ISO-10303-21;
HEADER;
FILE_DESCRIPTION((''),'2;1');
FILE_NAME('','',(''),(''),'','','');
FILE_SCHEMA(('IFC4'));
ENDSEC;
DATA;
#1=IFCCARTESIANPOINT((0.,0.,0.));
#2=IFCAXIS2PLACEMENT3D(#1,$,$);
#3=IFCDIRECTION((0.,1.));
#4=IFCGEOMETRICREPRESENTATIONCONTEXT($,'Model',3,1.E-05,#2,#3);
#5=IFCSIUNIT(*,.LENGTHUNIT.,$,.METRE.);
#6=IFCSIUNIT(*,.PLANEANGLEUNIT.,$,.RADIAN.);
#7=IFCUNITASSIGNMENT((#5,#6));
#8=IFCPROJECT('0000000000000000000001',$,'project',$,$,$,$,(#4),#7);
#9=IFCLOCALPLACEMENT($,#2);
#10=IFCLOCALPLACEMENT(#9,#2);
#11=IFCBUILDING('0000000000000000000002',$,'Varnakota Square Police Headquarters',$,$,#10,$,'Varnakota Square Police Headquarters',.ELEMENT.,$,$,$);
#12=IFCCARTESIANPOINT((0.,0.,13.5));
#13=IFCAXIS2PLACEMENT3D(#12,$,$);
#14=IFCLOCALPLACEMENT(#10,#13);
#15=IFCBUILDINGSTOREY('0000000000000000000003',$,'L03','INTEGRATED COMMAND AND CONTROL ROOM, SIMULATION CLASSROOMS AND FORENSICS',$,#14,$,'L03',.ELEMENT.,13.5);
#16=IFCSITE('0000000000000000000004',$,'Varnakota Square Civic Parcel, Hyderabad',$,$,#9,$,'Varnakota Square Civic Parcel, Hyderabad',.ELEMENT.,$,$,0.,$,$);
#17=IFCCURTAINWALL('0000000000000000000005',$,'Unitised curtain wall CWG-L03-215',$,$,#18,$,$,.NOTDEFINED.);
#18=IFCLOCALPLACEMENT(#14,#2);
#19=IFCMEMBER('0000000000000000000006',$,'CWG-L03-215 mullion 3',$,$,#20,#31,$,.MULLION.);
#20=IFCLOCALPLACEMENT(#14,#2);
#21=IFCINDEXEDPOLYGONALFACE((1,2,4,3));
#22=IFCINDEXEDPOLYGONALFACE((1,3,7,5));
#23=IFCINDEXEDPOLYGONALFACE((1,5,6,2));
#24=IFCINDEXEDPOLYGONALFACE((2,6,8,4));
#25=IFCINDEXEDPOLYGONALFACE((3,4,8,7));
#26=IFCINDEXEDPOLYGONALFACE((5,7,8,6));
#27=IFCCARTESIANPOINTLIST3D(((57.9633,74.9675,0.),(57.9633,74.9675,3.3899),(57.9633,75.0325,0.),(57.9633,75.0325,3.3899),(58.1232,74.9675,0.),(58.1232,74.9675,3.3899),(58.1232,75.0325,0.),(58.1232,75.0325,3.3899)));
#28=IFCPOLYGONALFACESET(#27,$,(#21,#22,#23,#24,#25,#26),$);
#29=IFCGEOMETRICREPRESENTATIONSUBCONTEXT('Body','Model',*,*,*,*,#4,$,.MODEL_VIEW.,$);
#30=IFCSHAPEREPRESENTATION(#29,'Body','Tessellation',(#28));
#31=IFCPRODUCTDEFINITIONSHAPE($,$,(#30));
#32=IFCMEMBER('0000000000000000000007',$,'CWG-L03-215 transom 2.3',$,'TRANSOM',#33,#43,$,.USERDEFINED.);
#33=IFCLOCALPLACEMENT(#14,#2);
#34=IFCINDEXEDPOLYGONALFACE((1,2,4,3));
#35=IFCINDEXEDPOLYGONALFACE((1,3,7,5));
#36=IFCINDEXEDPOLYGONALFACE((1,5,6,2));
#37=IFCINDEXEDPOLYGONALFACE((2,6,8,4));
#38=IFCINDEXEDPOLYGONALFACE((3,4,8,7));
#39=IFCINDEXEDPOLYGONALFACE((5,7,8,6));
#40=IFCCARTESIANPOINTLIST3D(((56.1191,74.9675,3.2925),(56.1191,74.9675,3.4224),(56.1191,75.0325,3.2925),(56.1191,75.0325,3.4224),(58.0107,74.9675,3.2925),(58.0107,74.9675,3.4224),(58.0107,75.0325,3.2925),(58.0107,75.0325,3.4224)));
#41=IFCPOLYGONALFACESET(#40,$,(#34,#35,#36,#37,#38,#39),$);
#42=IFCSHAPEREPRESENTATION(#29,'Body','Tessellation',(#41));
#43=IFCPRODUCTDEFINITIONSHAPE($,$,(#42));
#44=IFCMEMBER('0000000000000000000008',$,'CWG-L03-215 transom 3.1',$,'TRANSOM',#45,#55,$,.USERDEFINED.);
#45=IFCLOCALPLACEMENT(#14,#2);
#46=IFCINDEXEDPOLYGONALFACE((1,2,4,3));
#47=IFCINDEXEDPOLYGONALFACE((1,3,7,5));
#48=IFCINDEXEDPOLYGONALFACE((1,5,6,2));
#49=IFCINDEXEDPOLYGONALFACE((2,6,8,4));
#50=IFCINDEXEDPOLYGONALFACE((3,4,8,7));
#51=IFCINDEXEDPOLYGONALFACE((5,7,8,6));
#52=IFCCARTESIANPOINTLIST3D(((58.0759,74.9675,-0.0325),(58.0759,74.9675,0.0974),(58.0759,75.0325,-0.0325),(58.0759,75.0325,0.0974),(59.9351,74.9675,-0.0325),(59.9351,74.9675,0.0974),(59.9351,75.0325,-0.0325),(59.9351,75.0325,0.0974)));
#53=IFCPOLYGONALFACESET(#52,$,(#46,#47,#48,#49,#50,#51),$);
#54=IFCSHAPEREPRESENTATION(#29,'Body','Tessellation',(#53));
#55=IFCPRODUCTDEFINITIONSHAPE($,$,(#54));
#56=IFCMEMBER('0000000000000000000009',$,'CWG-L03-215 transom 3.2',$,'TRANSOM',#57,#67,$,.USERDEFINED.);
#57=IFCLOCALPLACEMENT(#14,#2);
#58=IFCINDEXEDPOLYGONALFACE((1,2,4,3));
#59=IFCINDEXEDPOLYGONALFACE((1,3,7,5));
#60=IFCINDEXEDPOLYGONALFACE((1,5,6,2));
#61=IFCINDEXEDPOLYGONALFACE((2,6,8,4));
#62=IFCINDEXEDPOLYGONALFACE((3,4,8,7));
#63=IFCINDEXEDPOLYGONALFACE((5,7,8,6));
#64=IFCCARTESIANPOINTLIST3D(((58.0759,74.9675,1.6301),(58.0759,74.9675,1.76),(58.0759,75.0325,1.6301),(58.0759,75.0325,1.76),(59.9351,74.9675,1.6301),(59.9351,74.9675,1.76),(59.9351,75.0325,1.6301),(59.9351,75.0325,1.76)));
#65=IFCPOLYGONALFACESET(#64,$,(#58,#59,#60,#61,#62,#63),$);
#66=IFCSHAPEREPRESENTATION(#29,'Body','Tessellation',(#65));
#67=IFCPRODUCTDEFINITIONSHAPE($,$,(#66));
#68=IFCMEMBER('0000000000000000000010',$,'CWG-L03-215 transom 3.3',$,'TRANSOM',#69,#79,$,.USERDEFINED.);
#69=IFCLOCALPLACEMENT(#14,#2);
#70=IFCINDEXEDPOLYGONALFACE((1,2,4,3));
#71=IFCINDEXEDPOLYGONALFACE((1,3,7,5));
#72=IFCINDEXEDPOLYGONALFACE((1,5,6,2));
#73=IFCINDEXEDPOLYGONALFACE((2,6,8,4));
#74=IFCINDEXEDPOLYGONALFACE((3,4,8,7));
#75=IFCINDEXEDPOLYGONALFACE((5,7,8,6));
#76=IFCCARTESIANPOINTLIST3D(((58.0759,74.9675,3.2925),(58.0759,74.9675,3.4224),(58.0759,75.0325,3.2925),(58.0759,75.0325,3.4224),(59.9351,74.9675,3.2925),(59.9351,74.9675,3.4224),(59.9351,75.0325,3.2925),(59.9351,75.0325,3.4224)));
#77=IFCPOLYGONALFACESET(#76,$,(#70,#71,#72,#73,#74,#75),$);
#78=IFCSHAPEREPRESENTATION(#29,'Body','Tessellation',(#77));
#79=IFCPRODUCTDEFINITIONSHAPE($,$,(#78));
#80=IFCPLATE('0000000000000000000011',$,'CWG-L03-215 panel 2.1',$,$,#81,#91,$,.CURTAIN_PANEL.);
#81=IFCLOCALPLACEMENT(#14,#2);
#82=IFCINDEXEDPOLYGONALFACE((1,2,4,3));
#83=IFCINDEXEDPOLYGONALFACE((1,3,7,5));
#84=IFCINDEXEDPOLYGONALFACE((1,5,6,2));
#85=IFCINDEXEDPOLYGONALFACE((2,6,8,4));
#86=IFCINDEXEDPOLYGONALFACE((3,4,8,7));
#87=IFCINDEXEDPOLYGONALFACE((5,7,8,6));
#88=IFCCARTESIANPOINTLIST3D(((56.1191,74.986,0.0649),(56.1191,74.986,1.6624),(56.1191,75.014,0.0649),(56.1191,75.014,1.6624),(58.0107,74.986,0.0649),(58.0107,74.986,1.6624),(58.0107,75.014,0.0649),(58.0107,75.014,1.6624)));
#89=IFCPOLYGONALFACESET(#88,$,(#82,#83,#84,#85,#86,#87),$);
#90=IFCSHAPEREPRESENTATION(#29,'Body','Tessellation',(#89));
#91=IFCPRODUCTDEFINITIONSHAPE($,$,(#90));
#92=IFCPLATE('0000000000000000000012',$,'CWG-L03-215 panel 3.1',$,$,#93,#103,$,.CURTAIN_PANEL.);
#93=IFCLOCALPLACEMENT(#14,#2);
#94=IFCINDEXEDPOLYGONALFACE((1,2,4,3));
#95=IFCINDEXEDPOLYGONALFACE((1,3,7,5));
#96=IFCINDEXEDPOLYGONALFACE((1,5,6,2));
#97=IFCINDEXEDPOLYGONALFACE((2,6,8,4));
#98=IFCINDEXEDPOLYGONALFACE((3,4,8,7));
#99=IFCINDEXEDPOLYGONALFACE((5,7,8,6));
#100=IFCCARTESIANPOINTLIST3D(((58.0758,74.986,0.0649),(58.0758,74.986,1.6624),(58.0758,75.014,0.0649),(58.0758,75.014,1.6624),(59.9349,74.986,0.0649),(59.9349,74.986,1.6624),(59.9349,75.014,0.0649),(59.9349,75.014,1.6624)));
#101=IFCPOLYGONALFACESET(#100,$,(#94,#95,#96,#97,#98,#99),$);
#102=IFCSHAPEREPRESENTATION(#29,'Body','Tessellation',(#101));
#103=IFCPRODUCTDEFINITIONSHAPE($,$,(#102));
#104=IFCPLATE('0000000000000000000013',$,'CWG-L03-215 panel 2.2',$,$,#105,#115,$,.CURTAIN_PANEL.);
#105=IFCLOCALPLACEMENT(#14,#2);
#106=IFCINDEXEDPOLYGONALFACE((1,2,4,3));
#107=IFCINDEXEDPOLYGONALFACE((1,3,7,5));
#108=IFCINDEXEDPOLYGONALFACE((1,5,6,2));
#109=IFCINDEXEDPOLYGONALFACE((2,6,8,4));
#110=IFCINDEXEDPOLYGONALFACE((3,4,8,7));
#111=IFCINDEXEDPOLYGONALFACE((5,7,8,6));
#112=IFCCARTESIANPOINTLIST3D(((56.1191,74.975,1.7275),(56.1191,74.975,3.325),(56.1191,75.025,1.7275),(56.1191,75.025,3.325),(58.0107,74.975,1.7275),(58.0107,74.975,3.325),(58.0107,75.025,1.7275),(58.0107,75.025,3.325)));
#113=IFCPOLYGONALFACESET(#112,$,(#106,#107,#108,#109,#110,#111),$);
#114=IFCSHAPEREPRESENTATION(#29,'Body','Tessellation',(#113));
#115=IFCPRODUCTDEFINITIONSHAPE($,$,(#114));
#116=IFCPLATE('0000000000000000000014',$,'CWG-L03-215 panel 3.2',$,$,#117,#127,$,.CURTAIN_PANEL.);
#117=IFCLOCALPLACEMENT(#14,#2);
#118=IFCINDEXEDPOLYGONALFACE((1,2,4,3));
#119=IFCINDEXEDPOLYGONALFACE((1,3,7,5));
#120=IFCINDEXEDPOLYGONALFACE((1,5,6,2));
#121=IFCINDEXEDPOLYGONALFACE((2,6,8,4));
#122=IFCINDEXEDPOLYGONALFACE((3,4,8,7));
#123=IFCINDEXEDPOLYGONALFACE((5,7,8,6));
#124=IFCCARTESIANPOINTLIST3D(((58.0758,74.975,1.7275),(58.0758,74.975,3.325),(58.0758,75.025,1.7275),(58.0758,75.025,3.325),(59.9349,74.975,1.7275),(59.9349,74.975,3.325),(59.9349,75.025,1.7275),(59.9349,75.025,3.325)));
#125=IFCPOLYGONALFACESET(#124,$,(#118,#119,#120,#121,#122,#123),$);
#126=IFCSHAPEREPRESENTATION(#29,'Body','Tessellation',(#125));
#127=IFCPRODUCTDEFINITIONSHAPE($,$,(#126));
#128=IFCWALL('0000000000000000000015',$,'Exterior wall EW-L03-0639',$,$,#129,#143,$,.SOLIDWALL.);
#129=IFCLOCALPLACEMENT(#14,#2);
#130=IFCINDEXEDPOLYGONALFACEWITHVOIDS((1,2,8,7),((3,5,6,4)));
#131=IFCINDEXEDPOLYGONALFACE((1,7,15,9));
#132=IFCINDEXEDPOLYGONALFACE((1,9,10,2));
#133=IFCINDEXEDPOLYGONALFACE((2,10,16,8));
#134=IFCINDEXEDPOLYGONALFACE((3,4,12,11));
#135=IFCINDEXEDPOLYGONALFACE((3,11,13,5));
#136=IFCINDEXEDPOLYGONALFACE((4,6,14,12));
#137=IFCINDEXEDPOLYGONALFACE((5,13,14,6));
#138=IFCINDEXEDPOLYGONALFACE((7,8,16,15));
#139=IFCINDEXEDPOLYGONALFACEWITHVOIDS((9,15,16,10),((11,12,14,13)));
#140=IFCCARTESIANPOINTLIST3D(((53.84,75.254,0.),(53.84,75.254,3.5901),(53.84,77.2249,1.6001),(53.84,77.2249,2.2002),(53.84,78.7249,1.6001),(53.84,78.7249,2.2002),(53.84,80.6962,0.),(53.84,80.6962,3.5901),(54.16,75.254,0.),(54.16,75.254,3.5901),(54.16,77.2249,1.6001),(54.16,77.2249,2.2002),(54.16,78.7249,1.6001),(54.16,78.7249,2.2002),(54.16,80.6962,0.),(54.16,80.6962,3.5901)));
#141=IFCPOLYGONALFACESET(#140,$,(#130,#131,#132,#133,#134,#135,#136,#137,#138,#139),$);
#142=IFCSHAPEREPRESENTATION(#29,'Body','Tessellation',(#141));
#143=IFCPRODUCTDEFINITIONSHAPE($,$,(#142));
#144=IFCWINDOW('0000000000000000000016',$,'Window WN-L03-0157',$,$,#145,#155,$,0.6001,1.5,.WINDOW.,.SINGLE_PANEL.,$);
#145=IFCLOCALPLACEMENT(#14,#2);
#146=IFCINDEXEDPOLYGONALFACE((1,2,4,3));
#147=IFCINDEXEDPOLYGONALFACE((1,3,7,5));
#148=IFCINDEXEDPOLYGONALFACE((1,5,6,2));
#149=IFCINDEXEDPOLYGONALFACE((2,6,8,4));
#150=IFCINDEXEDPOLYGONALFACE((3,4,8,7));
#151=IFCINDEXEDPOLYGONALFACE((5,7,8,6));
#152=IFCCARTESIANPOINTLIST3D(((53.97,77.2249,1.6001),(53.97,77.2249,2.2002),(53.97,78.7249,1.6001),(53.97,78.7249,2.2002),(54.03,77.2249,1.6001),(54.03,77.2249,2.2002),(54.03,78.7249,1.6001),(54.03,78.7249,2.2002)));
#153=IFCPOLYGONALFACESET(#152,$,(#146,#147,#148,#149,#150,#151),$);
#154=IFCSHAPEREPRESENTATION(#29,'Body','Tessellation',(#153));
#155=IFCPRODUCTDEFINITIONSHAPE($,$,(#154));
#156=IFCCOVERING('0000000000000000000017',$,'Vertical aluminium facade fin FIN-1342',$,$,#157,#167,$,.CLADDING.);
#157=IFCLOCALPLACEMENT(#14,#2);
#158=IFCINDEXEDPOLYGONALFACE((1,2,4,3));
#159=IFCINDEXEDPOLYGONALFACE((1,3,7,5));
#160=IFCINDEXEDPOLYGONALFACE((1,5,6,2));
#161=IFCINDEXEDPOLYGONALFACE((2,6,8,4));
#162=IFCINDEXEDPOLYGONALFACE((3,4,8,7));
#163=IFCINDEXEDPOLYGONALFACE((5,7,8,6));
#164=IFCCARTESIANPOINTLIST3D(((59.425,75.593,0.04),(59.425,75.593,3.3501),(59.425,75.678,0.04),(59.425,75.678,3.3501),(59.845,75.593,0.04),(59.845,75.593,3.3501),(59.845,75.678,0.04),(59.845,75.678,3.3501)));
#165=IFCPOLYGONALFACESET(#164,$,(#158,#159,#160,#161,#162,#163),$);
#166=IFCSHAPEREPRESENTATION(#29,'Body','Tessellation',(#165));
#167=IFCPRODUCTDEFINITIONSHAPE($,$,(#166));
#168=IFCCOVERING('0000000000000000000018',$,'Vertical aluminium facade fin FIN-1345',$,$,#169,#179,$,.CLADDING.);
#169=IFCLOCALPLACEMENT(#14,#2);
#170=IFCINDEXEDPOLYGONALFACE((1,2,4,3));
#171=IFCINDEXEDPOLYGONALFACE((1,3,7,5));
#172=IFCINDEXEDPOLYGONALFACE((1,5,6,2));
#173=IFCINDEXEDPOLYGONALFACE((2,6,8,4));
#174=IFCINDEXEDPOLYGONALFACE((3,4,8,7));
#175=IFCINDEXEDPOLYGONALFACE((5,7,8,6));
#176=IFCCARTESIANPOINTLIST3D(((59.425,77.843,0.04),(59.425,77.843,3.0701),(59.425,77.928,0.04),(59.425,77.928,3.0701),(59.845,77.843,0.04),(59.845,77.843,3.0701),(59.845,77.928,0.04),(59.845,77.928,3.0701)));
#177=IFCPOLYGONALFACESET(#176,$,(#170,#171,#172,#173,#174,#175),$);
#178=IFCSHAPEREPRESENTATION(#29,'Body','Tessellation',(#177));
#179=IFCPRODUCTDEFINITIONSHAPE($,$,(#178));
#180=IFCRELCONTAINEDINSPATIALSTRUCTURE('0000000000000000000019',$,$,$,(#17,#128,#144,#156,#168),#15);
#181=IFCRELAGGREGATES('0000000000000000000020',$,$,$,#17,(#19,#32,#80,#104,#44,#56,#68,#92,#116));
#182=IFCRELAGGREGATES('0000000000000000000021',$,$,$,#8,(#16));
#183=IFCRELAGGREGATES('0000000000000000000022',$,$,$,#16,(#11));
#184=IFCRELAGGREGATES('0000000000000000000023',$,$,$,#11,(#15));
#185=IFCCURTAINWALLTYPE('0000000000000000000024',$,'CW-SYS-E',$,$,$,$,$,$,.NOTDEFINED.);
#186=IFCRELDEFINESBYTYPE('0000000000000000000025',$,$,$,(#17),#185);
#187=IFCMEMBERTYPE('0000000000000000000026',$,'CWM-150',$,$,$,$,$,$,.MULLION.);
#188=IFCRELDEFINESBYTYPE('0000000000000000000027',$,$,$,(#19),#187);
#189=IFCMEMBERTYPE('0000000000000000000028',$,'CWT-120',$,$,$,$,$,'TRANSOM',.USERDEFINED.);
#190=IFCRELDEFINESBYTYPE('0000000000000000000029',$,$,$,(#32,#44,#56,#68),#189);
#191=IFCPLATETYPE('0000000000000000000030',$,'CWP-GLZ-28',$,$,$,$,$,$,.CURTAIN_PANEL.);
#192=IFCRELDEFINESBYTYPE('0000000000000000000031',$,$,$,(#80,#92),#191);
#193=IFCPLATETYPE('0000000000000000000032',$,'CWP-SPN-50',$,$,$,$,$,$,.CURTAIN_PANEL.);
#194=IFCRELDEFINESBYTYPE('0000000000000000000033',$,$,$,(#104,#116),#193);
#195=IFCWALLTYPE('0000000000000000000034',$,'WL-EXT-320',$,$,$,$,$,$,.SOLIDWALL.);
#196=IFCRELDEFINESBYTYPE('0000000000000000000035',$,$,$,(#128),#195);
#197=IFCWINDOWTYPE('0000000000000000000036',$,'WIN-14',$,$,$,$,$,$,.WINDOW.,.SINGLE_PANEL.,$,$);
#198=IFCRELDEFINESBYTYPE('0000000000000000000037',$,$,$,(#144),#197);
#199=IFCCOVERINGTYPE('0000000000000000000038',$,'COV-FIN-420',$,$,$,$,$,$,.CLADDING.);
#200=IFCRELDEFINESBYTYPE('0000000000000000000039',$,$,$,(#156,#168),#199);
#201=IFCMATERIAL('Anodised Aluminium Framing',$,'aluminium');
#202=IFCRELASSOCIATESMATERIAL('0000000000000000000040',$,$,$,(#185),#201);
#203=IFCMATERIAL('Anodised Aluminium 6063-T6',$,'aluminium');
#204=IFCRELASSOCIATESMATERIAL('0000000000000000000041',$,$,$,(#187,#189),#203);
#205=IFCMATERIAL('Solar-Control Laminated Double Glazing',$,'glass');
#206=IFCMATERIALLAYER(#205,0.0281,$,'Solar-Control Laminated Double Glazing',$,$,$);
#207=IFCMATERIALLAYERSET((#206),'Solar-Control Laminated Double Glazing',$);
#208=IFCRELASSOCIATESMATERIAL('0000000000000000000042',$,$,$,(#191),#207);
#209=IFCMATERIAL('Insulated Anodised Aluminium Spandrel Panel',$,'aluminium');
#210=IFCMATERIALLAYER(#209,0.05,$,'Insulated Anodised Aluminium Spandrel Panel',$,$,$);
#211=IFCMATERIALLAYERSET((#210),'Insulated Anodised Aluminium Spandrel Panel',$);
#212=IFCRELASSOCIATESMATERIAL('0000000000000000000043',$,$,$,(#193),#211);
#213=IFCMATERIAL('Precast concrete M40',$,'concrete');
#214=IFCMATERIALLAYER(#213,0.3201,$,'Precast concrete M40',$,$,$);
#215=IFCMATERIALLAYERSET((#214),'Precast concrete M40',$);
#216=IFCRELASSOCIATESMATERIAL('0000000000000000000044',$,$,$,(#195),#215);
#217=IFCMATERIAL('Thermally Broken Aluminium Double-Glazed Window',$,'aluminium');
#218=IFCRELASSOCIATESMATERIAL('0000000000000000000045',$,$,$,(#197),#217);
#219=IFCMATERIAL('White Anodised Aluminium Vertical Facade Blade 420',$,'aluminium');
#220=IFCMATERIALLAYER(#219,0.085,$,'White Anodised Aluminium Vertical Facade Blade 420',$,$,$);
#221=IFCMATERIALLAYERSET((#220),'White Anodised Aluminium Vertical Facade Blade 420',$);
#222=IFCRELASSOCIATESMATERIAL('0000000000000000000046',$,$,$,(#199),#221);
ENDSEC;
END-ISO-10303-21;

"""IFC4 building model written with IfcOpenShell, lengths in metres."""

from ifc_helpers import new_model, si_unit, direction, frame, frame_2d, origin, origin_2d, place, context, subcontext, project, spatial, rectangle, extrude, material, layer, layer_set, material_profile, profile_set, type_object, element, fill, aggregate, save


model = new_model("IFC4")

# Units and contexts
model_context = context("Model", 3, precision=1e-05, world=origin(), true_north=direction((0.0, 1.0)))
body_context = subcontext(model_context, "Body", "Model", "MODEL_VIEW")
ifc_project = project(units=[si_unit("LENGTHUNIT", "METRE"), si_unit("PLANEANGLEUNIT", "RADIAN")], contexts=[model_context])

# Site, building, storey
site_placement = place(None, origin())
site = spatial("IfcSite", under=ifc_project, at=site_placement, Name="Varnakota Square Civic Parcel, Hyderabad", LongName="Varnakota Square Civic Parcel, Hyderabad", CompositionType="ELEMENT", RefElevation=0.0)
building_placement = place(site_placement, origin())
building = spatial("IfcBuilding", under=site, at=building_placement, Name="Varnakota Square Police Headquarters", LongName="Varnakota Square Police Headquarters", CompositionType="ELEMENT")
storey_placement = place(building_placement, frame((0.0, 0.0, 13.5)))
storey = spatial("IfcBuildingStorey", under=building, at=storey_placement, Name="L03", Description="INTEGRATED COMMAND AND CONTROL ROOM, SIMULATION CLASSROOMS AND FORENSICS", LongName="L03", CompositionType="ELEMENT", Elevation=13.5)

# Curtain wall, members, plates
ifc_material_1 = material(Name="Anodised Aluminium Framing", Category="aluminium")
curtain_wall_type = type_object("IfcCurtainWallType", Name="CW-SYS-E", PredefinedType="NOTDEFINED", material=ifc_material_1)
curtain_wall_placement = place(storey_placement, origin())
curtain_wall = element("IfcCurtainWall", 1, at=curtain_wall_placement, inside=storey, type_object=curtain_wall_type, Name="Unitised curtain wall CWG-L03-215", PredefinedType="NOTDEFINED")
ifc_material_2 = material(Name="Anodised Aluminium 6063-T6", Category="aluminium")
ifc_material_profile_1 = material_profile(ifc_material_2, rectangle(XDim=0.0649, YDim=0.1599, at=origin_2d()), Name="ALU MULLION 65x160")
ifc_profile_set_1 = profile_set([ifc_material_profile_1], Name="Anodised Aluminium 6063-T6")
member_type_1 = type_object("IfcMemberType", Name="CWM-150", PredefinedType="MULLION", material=ifc_profile_set_1)
member_1_placement = place(storey_placement, frame((58.0432, 75.0, 0.0), z_axis=(0.0, 0.0, 1.0), x_axis=(0.0, 1.0, 0.0)))
member_1 = element("IfcMember", 2, at=member_1_placement, type_object=member_type_1, Name="CWG-L03-215 mullion 3", PredefinedType="MULLION", context=body_context, shape_type="SweptSolid", body=[
    extrude(rectangle(XDim=0.0649, YDim=0.1599, at=origin_2d()), origin(), (0.0, 0.0, 1.0), 3.3899),
])
ifc_material_profile_2 = material_profile(ifc_material_2, rectangle(XDim=0.0649, YDim=0.1299, at=origin_2d()), Name="ALU TRANSOM 65x130")
ifc_profile_set_2 = profile_set([ifc_material_profile_2], Name="Anodised Aluminium 6063-T6")
member_type_2 = type_object("IfcMemberType", Name="CWT-120", ElementType="TRANSOM", PredefinedType="USERDEFINED", material=ifc_profile_set_2)
member_2_placement = place(storey_placement, frame((56.1191, 75.0, 3.3574), z_axis=(1.0, 0.0, 0.0), x_axis=(0.0, 1.0, 0.0)))
member_2 = element("IfcMember", 3, at=member_2_placement, type_object=member_type_2, Name="CWG-L03-215 transom 2.3", ObjectType="TRANSOM", PredefinedType="USERDEFINED", context=body_context, shape_type="SweptSolid", body=[
    extrude(rectangle(XDim=0.0649, YDim=0.1299, at=origin_2d()), origin(), (0.0, 0.0, 1.0), 1.8916),
])
member_3_placement = place(storey_placement, frame((58.0759, 75.0, 0.0325), z_axis=(1.0, 0.0, 0.0), x_axis=(0.0, 1.0, 0.0)))
member_3 = element("IfcMember", 4, at=member_3_placement, type_object=member_type_2, Name="CWG-L03-215 transom 3.1", ObjectType="TRANSOM", PredefinedType="USERDEFINED", context=body_context, shape_type="SweptSolid", body=[
    extrude(rectangle(XDim=0.0649, YDim=0.1299, at=origin_2d()), origin(), (0.0, 0.0, 1.0), 1.8591),
])
member_4_placement = place(storey_placement, frame((58.0759, 75.0, 1.6951), z_axis=(1.0, 0.0, 0.0), x_axis=(0.0, 1.0, 0.0)))
member_4 = element("IfcMember", 5, at=member_4_placement, type_object=member_type_2, Name="CWG-L03-215 transom 3.2", ObjectType="TRANSOM", PredefinedType="USERDEFINED", context=body_context, shape_type="SweptSolid", body=[
    extrude(rectangle(XDim=0.0649, YDim=0.1299, at=origin_2d()), origin(), (0.0, 0.0, 1.0), 1.8591),
])
member_5_placement = place(storey_placement, frame((58.0759, 75.0, 3.3574), z_axis=(1.0, 0.0, 0.0), x_axis=(0.0, 1.0, 0.0)))
member_5 = element("IfcMember", 6, at=member_5_placement, type_object=member_type_2, Name="CWG-L03-215 transom 3.3", ObjectType="TRANSOM", PredefinedType="USERDEFINED", context=body_context, shape_type="SweptSolid", body=[
    extrude(rectangle(XDim=0.0649, YDim=0.1299, at=origin_2d()), origin(), (0.0, 0.0, 1.0), 1.8591),
])
ifc_material_3 = material(Name="Solar-Control Laminated Double Glazing", Category="glass")
ifc_layer_1 = layer(ifc_material_3, 0.0281, Name="Solar-Control Laminated Double Glazing")
ifc_layer_set_1 = layer_set([ifc_layer_1], Name="Solar-Control Laminated Double Glazing")
plate_type_1 = type_object("IfcPlateType", Name="CWP-GLZ-28", PredefinedType="CURTAIN_PANEL", material=ifc_layer_set_1)
plate_1_placement = place(storey_placement, frame((57.0649, 75.0, 0.0649), z_axis=(0.0, 0.0, 1.0), x_axis=(1.0, 0.0, 0.0)))
plate_1 = element("IfcPlate", 7, at=plate_1_placement, type_object=plate_type_1, Name="CWG-L03-215 panel 2.1", PredefinedType="CURTAIN_PANEL", context=body_context, shape_type="SweptSolid", body=[
    extrude(rectangle(XDim=1.8916, YDim=0.0281, at=origin_2d()), origin(), (0.0, 0.0, 1.0), 1.5974),
])
plate_2_placement = place(storey_placement, frame((59.0054, 75.0, 0.0649), z_axis=(0.0, 0.0, 1.0), x_axis=(1.0, 0.0, 0.0)))
plate_2 = element("IfcPlate", 8, at=plate_2_placement, type_object=plate_type_1, Name="CWG-L03-215 panel 3.1", PredefinedType="CURTAIN_PANEL", context=body_context, shape_type="SweptSolid", body=[
    extrude(rectangle(XDim=1.8591, YDim=0.0281, at=origin_2d()), origin(), (0.0, 0.0, 1.0), 1.5974),
])
ifc_material_4 = material(Name="Insulated Anodised Aluminium Spandrel Panel", Category="aluminium")
ifc_layer_2 = layer(ifc_material_4, 0.05, Name="Insulated Anodised Aluminium Spandrel Panel")
ifc_layer_set_2 = layer_set([ifc_layer_2], Name="Insulated Anodised Aluminium Spandrel Panel")
plate_type_2 = type_object("IfcPlateType", Name="CWP-SPN-50", PredefinedType="CURTAIN_PANEL", material=ifc_layer_set_2)
plate_3_placement = place(storey_placement, frame((57.0649, 75.0, 1.7275), z_axis=(0.0, 0.0, 1.0), x_axis=(1.0, 0.0, 0.0)))
plate_3 = element("IfcPlate", 9, at=plate_3_placement, type_object=plate_type_2, Name="CWG-L03-215 panel 2.2", PredefinedType="CURTAIN_PANEL", context=body_context, shape_type="SweptSolid", body=[
    extrude(rectangle(XDim=1.8916, YDim=0.05, at=origin_2d()), origin(), (0.0, 0.0, 1.0), 1.5974),
])
plate_4_placement = place(storey_placement, frame((59.0054, 75.0, 1.7275), z_axis=(0.0, 0.0, 1.0), x_axis=(1.0, 0.0, 0.0)))
plate_4 = element("IfcPlate", 10, at=plate_4_placement, type_object=plate_type_2, Name="CWG-L03-215 panel 3.2", PredefinedType="CURTAIN_PANEL", context=body_context, shape_type="SweptSolid", body=[
    extrude(rectangle(XDim=1.8591, YDim=0.05, at=origin_2d()), origin(), (0.0, 0.0, 1.0), 1.5974),
])
aggregate(curtain_wall, [member_1, member_2, plate_1, plate_3, member_3, member_4, member_5, plate_2, plate_4])

# Wall, opening, window
ifc_material_5 = material(Name="Precast concrete M40", Category="concrete")
ifc_layer_3 = layer(ifc_material_5, 0.3201, Name="Precast concrete M40")
ifc_layer_set_3 = layer_set([ifc_layer_3], Name="Precast concrete M40")
wall_type = type_object("IfcWallType", Name="WL-EXT-320", PredefinedType="SOLIDWALL", material=ifc_layer_set_3)
wall_placement = place(storey_placement, frame((54.0, 75.2539, 0.0), z_axis=(0.0, 0.0, 1.0), x_axis=(0.0, 1.0, 0.0)))
wall = element("IfcWall", 11, at=wall_placement, inside=storey, type_object=wall_type, Name="Exterior wall EW-L03-0639", PredefinedType="SOLIDWALL", context=body_context, shape_type="SweptSolid", body=[
    extrude(rectangle(XDim=5.4421, YDim=0.3201, at=frame_2d((2.7212, 0.0))), origin(), (0.0, 0.0, 1.0), 3.5901),
])
opening_placement = place(wall_placement, frame((1.9709, 0.0, 1.6001)))
opening = element("IfcOpeningElement", 12, at=opening_placement, cuts=wall, PredefinedType="OPENING", context=body_context, shape_type="SweptSolid", body=[
    extrude(rectangle(XDim=1.5, YDim=0.6001, at=frame_2d((0.75, 0.3))), frame((0.0, 0.1699, 0.0), z_axis=(0.0, -1.0, 0.0), x_axis=(1.0, 0.0, 0.0)), (0.0, 0.0, 1.0), 0.3401),
])
ifc_material_6 = material(Name="Thermally Broken Aluminium Double-Glazed Window", Category="aluminium")
window_type = type_object("IfcWindowType", Name="WIN-14", PartitioningType="SINGLE_PANEL", PredefinedType="WINDOW", material=ifc_material_6)
window_placement = place(opening_placement, origin())
window = element("IfcWindow", 13, at=window_placement, inside=storey, type_object=window_type, Name="Window WN-L03-0157", OverallHeight=0.6001, OverallWidth=1.5, PartitioningType="SINGLE_PANEL", PredefinedType="WINDOW", context=body_context, shape_type="SweptSolid", body=[
    extrude(rectangle(XDim=1.5, YDim=0.6001, at=frame_2d((0.75, 0.3))), frame((0.0, 0.03, 0.0), z_axis=(0.0, -1.0, 0.0), x_axis=(1.0, 0.0, 0.0)), (0.0, 0.0, 1.0), 0.0601),
])
fill(opening, window)

# Coverings
ifc_material_7 = material(Name="White Anodised Aluminium Vertical Facade Blade 420", Category="aluminium")
ifc_layer_4 = layer(ifc_material_7, 0.085, Name="White Anodised Aluminium Vertical Facade Blade 420")
ifc_layer_set_4 = layer_set([ifc_layer_4], Name="White Anodised Aluminium Vertical Facade Blade 420")
covering_type_1 = type_object("IfcCoveringType", Name="COV-FIN-420", PredefinedType="CLADDING", material=ifc_layer_set_4)
covering_1_placement = place(storey_placement, frame((59.635, 75.6355, 0.04), z_axis=(0.0, 0.0, 1.0), x_axis=(0.0, 1.0, 0.0)))
element("IfcCovering", 14, at=covering_1_placement, inside=storey, type_object=covering_type_1, Name="Vertical aluminium facade fin FIN-1342", PredefinedType="CLADDING", context=body_context, shape_type="SweptSolid", body=[
    extrude(rectangle(XDim=0.085, YDim=0.4199, at=origin_2d()), origin(), (0.0, 0.0, 1.0), 3.3101),
])
covering_2_placement = place(storey_placement, frame((59.635, 77.8855, 0.04), z_axis=(0.0, 0.0, 1.0), x_axis=(0.0, 1.0, 0.0)))
element("IfcCovering", 15, at=covering_2_placement, inside=storey, type_object=covering_type_1, Name="Vertical aluminium facade fin FIN-1345", PredefinedType="CLADDING", context=body_context, shape_type="SweptSolid", body=[
    extrude(rectangle(XDim=0.085, YDim=0.4199, at=origin_2d()), origin(), (0.0, 0.0, 1.0), 3.03),
])

save(model, "model.ifc")
